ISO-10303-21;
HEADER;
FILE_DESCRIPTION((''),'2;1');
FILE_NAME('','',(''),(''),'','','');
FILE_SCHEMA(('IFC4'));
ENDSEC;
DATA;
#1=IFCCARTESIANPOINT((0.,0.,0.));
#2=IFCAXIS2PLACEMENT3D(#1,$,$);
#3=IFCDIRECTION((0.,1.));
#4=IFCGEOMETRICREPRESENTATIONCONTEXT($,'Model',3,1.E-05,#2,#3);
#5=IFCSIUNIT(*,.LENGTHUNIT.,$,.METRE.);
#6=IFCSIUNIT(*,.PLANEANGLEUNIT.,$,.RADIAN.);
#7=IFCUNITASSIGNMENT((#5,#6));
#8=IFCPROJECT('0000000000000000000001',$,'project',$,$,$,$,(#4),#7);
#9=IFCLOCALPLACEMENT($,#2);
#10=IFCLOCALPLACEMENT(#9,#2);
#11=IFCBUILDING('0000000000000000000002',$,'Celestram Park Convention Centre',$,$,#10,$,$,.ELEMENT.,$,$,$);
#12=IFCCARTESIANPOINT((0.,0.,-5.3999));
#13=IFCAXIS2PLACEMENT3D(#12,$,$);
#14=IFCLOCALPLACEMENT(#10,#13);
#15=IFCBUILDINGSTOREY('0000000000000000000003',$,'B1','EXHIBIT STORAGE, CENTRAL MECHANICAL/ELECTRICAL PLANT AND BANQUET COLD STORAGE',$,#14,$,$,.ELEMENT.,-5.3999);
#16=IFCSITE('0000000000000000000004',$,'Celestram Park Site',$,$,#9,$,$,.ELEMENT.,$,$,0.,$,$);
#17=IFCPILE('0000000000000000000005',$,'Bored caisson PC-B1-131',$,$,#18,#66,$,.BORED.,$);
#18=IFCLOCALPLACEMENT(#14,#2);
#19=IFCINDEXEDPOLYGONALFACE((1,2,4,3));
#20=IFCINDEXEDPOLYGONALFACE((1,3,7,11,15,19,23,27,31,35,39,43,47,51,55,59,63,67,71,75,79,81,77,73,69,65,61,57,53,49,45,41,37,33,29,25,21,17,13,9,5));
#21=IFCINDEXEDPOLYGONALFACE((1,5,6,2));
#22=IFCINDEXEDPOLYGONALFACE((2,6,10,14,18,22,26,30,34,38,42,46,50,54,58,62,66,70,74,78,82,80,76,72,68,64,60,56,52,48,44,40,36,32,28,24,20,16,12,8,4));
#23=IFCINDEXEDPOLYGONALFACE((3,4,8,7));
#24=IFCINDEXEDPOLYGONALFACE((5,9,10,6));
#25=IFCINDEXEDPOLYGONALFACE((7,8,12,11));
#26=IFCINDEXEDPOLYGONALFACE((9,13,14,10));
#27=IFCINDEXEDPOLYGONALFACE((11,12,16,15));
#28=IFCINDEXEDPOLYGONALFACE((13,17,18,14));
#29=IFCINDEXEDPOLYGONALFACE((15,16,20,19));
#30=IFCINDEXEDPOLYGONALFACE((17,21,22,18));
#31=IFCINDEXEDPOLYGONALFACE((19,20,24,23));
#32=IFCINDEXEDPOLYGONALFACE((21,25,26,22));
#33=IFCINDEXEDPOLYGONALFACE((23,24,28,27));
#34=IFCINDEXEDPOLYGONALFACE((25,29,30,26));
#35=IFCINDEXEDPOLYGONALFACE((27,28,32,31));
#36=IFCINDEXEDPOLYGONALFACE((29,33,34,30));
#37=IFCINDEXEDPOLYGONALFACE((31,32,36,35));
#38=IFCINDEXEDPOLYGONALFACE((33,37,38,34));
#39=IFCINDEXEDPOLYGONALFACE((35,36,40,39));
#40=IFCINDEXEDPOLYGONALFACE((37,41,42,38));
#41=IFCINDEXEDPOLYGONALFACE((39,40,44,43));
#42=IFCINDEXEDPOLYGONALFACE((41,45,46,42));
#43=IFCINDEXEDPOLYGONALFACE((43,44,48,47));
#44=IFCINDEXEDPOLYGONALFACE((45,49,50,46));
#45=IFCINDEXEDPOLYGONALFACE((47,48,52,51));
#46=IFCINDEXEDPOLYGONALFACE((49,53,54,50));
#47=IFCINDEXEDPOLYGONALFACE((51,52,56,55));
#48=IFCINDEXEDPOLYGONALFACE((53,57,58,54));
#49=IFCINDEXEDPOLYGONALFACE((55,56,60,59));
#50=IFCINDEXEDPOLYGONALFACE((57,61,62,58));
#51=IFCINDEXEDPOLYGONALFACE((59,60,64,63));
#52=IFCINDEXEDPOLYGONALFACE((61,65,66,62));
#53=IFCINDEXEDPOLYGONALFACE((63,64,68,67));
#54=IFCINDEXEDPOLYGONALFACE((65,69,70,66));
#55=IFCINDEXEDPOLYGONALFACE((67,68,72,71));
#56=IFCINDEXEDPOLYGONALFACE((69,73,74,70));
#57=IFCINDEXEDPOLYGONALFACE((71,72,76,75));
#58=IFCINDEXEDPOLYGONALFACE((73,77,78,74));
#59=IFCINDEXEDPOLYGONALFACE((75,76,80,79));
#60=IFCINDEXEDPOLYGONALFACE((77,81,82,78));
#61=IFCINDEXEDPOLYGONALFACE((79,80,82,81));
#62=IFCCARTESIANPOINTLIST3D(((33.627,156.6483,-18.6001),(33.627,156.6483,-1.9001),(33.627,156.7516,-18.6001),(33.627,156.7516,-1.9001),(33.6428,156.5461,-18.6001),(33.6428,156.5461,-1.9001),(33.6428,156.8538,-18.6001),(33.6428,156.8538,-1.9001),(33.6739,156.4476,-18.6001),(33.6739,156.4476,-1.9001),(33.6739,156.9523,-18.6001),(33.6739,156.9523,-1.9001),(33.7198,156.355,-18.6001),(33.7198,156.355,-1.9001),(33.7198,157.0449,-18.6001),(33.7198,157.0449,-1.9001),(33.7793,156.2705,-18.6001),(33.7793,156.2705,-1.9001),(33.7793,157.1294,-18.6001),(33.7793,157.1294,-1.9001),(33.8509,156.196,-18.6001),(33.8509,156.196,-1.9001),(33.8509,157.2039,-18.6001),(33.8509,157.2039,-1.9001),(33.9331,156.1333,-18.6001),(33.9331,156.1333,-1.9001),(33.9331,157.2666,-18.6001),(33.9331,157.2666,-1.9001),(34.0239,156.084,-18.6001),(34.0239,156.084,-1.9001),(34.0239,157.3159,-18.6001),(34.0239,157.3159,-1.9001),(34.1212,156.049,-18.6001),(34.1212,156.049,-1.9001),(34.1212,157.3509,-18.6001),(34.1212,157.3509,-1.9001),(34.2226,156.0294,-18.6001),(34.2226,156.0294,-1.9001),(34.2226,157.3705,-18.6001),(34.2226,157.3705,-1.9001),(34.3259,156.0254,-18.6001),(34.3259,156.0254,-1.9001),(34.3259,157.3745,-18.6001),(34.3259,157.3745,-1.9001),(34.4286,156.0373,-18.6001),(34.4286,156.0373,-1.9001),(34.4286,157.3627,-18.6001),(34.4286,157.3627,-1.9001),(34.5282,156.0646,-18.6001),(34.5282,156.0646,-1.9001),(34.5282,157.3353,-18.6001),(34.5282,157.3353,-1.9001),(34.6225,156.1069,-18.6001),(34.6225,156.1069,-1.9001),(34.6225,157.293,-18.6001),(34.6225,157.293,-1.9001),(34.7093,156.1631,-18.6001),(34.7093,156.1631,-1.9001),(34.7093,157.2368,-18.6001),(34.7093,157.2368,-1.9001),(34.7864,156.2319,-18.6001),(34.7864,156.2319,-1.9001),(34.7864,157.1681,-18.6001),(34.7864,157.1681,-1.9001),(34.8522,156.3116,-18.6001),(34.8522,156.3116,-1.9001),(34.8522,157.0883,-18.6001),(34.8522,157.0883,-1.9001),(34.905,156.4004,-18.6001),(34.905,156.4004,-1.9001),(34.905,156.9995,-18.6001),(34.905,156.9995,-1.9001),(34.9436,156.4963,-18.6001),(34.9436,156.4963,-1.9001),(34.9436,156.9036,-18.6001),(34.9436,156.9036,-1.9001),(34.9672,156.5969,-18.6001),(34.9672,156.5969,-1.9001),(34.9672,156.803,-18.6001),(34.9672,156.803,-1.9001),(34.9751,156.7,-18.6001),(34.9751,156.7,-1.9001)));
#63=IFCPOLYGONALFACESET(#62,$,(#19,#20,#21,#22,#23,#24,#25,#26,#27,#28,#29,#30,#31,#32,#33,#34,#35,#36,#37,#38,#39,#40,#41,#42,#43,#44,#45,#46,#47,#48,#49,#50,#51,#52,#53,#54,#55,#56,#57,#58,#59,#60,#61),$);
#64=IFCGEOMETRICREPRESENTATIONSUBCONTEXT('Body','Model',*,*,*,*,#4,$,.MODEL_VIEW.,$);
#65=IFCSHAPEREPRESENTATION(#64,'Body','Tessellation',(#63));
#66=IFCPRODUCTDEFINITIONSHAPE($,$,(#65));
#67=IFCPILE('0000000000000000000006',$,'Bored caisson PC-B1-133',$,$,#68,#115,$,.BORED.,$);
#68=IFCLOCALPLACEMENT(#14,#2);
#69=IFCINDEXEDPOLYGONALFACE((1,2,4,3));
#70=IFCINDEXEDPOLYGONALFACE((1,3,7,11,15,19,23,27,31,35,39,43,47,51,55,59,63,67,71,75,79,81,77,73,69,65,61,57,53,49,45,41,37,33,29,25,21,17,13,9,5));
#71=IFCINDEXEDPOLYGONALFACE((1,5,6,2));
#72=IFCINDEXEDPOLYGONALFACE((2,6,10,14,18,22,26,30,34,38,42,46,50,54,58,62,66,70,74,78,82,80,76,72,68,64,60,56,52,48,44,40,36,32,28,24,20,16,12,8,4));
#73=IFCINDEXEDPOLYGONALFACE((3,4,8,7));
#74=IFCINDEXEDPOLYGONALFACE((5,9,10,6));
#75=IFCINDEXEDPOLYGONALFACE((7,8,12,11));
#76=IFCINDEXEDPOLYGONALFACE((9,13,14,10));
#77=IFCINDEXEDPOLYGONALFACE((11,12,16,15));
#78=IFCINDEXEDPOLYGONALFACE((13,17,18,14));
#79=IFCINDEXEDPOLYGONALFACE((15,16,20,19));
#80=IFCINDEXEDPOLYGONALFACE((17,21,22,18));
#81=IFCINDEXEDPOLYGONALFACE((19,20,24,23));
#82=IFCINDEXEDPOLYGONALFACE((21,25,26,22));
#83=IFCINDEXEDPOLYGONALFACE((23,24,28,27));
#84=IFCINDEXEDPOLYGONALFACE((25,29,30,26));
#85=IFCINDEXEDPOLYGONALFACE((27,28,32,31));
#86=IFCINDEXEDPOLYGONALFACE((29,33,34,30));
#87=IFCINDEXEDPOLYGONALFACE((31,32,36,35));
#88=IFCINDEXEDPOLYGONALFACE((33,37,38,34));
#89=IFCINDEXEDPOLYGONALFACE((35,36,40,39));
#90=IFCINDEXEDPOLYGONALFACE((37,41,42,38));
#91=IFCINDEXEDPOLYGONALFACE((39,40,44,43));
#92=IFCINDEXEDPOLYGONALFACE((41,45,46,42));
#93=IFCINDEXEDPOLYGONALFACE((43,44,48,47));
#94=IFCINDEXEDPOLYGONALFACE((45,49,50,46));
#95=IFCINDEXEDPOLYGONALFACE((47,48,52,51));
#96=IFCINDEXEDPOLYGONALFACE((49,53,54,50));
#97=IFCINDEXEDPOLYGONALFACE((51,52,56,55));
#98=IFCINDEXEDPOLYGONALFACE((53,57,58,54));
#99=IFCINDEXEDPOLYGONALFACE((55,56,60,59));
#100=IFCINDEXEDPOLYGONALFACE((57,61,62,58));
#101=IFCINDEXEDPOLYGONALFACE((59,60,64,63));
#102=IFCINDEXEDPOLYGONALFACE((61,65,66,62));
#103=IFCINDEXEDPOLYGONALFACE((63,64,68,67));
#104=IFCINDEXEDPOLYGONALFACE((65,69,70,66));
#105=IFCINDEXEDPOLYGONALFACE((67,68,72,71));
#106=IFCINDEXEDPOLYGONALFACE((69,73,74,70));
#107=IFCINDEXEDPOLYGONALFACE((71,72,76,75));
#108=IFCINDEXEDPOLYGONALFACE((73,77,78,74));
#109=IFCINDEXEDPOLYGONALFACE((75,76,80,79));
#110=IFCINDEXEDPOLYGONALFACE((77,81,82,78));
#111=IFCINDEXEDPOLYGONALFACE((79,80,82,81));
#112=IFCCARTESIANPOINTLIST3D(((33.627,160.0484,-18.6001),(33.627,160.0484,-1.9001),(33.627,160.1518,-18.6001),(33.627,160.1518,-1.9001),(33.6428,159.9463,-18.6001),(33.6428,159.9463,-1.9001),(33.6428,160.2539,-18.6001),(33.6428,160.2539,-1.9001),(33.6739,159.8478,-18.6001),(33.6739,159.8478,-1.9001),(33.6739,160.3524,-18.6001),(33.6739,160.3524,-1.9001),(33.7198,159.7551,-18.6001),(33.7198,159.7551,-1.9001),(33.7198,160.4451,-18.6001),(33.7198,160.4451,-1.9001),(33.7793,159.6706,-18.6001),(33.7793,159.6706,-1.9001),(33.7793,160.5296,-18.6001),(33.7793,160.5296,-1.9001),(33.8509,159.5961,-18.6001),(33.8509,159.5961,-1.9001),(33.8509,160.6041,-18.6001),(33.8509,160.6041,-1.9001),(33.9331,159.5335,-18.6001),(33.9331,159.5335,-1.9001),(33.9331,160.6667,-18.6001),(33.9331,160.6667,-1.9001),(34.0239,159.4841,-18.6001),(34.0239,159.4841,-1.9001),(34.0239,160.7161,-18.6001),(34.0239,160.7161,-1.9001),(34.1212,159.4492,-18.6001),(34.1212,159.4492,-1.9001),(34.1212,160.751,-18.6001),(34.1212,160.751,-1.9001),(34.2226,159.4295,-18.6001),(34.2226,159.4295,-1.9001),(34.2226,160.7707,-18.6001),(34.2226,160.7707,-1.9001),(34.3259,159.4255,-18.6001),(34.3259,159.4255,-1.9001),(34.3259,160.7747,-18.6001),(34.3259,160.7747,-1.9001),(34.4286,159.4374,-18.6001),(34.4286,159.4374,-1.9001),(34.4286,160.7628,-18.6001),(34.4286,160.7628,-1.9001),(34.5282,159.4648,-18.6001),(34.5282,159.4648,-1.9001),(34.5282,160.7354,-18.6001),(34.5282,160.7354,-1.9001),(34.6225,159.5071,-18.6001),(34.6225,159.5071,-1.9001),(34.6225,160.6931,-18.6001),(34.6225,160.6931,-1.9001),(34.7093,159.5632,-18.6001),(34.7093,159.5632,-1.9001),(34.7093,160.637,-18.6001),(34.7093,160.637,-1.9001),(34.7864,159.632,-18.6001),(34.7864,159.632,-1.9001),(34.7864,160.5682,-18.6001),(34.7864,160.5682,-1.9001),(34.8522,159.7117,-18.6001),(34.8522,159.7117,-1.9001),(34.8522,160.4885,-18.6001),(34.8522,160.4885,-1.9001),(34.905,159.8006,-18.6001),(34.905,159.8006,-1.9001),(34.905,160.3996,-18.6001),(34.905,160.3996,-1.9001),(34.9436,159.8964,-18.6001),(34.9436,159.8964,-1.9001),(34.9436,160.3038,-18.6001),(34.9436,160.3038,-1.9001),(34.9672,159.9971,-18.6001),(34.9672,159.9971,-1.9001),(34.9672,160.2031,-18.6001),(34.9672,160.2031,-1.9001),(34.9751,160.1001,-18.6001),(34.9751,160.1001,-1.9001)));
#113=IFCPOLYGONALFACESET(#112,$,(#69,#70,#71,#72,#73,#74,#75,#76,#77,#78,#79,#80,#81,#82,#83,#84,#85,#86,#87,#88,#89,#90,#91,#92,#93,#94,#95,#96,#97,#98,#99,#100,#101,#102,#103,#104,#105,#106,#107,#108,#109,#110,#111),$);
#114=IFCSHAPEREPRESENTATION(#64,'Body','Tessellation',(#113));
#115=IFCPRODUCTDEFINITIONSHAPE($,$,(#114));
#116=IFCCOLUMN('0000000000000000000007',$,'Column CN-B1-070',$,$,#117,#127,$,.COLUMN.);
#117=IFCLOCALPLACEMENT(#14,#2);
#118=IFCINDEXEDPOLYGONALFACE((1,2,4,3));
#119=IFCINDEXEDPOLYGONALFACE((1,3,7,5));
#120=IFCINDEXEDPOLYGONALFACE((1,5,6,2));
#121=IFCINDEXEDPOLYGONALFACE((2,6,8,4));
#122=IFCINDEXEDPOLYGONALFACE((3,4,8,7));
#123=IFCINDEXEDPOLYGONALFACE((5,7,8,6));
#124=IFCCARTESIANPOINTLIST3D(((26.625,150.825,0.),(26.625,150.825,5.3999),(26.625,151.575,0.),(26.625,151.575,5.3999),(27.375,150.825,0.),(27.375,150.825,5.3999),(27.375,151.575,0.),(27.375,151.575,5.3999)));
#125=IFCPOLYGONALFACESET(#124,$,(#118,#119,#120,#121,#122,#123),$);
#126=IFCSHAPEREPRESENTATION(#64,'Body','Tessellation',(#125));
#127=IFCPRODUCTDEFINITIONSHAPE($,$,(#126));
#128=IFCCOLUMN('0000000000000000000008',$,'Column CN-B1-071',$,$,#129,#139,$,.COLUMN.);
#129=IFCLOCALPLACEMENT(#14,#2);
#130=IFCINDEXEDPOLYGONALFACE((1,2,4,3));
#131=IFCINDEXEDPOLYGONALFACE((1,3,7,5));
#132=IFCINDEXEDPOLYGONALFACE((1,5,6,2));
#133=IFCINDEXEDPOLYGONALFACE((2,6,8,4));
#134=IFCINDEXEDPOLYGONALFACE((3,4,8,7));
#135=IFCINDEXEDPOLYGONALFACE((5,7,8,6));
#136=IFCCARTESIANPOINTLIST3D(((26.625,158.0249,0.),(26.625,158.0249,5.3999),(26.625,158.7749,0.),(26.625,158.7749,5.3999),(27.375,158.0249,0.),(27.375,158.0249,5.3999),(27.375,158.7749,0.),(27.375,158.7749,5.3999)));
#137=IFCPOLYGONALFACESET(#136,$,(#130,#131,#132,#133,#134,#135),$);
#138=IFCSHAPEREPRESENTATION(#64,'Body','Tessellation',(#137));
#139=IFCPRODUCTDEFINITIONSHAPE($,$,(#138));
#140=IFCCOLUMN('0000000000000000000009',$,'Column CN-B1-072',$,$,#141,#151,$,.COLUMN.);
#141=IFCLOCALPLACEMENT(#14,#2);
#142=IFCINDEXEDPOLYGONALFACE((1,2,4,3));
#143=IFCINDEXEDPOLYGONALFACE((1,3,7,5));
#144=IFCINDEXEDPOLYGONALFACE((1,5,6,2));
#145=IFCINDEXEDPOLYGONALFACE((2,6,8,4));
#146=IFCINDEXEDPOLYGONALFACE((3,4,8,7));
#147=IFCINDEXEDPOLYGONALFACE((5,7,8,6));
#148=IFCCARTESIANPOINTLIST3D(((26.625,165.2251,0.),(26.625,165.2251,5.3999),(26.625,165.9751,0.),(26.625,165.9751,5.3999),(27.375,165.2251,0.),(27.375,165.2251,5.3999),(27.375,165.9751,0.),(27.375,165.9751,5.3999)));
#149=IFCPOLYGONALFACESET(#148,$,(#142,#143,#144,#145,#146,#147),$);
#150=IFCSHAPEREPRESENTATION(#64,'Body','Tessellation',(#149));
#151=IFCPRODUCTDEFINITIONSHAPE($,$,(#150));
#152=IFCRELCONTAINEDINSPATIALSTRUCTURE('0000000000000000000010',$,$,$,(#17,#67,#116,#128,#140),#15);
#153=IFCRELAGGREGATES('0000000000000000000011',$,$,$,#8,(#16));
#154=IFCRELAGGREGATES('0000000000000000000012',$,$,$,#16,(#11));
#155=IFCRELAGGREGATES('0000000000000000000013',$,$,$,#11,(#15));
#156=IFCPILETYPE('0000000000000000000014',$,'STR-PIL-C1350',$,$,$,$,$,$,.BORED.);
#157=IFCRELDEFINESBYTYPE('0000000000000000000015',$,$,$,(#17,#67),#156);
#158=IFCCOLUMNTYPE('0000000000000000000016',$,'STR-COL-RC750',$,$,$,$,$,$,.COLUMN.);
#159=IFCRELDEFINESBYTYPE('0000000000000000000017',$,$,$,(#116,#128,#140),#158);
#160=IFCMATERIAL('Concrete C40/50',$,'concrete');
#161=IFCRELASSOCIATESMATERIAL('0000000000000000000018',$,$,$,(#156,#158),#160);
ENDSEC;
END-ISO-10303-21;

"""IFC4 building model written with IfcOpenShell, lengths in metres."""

from ifc_helpers import new_model, si_unit, direction, frame, origin, origin_2d, place, context, subcontext, project, spatial, rectangle, circle, extrude, material, material_profile, profile_set, type_object, element, save


model = new_model("IFC4")

# Units and contexts
model_context = context("Model", 3, precision=1e-05, world=origin(), true_north=direction((0.0, 1.0)))
body_context = subcontext(model_context, "Body", "Model", "MODEL_VIEW")
ifc_project = project(units=[si_unit("LENGTHUNIT", "METRE"), si_unit("PLANEANGLEUNIT", "RADIAN")], contexts=[model_context])

# Site, building, storey
site_placement = place(None, origin())
site = spatial("IfcSite", under=ifc_project, at=site_placement, Name="Celestram Park Site", CompositionType="ELEMENT", RefElevation=0.0)
building_placement = place(site_placement, origin())
building = spatial("IfcBuilding", under=site, at=building_placement, Name="Celestram Park Convention Centre", CompositionType="ELEMENT")
storey_placement = place(building_placement, frame((0.0, 0.0, -5.3999)))
storey = spatial("IfcBuildingStorey", under=building, at=storey_placement, Name="B1", Description="EXHIBIT STORAGE, CENTRAL MECHANICAL/ELECTRICAL PLANT AND BANQUET COLD STORAGE", CompositionType="ELEMENT", Elevation=-5.3999)

# Shared definitions
ifc_material_1 = material(Name="Concrete C40/50", Category="concrete")

# Piles
ifc_material_profile_1 = material_profile(ifc_material_1, circle(Radius=0.675, at=origin_2d()), Name="CAISSON1350")
ifc_profile_set_1 = profile_set([ifc_material_profile_1], Name="Concrete C40/50")
pile_type_1 = type_object("IfcPileType", Name="STR-PIL-C1350", PredefinedType="BORED", material=ifc_profile_set_1)
for number, where, z_axis, x_axis, name in (
    (1, (34.3, 156.7, -1.9001), (0.0, 0.0, -1.0), (1.0, 0.0, 0.0), "Bored caisson PC-B1-131"),
    (2, (34.3, 160.1001, -1.9001), (0.0, 0.0, -1.0), (1.0, 0.0, 0.0), "Bored caisson PC-B1-133"),
):
    element("IfcPile", number, at=place(storey_placement, frame(where, z_axis=z_axis, x_axis=x_axis)), inside=storey, type_object=pile_type_1, Name=name, PredefinedType="BORED", context=body_context, shape_type="SweptSolid", body=[
        extrude(circle(Radius=0.675, at=origin_2d()), origin(), (0.0, 0.0, 1.0), 16.7),
    ])

# Columns
ifc_material_profile_2 = material_profile(ifc_material_1, rectangle(XDim=0.75, YDim=0.75, at=origin_2d()), Name="RC750X750")
ifc_profile_set_2 = profile_set([ifc_material_profile_2], Name="Concrete C40/50")
column_type = type_object("IfcColumnType", Name="STR-COL-RC750", PredefinedType="COLUMN", material=ifc_profile_set_2)
for number, where, z_axis, x_axis, name in (
    (3, (27.0, 151.2, 0.0), (0.0, 0.0, 1.0), (1.0, 0.0, 0.0), "Column CN-B1-070"),
    (4, (27.0, 158.3999, 0.0), (0.0, 0.0, 1.0), (1.0, 0.0, 0.0), "Column CN-B1-071"),
    (5, (27.0, 165.6001, 0.0), (0.0, 0.0, 1.0), (1.0, 0.0, 0.0), "Column CN-B1-072"),
):
    element("IfcColumn", number, at=place(storey_placement, frame(where, z_axis=z_axis, x_axis=x_axis)), inside=storey, type_object=column_type, Name=name, PredefinedType="COLUMN", context=body_context, shape_type="SweptSolid", body=[
        extrude(rectangle(XDim=0.75, YDim=0.75, at=origin_2d()), origin(), (0.0, 0.0, 1.0), 5.3999),
    ])

save(model, "model.ifc")
